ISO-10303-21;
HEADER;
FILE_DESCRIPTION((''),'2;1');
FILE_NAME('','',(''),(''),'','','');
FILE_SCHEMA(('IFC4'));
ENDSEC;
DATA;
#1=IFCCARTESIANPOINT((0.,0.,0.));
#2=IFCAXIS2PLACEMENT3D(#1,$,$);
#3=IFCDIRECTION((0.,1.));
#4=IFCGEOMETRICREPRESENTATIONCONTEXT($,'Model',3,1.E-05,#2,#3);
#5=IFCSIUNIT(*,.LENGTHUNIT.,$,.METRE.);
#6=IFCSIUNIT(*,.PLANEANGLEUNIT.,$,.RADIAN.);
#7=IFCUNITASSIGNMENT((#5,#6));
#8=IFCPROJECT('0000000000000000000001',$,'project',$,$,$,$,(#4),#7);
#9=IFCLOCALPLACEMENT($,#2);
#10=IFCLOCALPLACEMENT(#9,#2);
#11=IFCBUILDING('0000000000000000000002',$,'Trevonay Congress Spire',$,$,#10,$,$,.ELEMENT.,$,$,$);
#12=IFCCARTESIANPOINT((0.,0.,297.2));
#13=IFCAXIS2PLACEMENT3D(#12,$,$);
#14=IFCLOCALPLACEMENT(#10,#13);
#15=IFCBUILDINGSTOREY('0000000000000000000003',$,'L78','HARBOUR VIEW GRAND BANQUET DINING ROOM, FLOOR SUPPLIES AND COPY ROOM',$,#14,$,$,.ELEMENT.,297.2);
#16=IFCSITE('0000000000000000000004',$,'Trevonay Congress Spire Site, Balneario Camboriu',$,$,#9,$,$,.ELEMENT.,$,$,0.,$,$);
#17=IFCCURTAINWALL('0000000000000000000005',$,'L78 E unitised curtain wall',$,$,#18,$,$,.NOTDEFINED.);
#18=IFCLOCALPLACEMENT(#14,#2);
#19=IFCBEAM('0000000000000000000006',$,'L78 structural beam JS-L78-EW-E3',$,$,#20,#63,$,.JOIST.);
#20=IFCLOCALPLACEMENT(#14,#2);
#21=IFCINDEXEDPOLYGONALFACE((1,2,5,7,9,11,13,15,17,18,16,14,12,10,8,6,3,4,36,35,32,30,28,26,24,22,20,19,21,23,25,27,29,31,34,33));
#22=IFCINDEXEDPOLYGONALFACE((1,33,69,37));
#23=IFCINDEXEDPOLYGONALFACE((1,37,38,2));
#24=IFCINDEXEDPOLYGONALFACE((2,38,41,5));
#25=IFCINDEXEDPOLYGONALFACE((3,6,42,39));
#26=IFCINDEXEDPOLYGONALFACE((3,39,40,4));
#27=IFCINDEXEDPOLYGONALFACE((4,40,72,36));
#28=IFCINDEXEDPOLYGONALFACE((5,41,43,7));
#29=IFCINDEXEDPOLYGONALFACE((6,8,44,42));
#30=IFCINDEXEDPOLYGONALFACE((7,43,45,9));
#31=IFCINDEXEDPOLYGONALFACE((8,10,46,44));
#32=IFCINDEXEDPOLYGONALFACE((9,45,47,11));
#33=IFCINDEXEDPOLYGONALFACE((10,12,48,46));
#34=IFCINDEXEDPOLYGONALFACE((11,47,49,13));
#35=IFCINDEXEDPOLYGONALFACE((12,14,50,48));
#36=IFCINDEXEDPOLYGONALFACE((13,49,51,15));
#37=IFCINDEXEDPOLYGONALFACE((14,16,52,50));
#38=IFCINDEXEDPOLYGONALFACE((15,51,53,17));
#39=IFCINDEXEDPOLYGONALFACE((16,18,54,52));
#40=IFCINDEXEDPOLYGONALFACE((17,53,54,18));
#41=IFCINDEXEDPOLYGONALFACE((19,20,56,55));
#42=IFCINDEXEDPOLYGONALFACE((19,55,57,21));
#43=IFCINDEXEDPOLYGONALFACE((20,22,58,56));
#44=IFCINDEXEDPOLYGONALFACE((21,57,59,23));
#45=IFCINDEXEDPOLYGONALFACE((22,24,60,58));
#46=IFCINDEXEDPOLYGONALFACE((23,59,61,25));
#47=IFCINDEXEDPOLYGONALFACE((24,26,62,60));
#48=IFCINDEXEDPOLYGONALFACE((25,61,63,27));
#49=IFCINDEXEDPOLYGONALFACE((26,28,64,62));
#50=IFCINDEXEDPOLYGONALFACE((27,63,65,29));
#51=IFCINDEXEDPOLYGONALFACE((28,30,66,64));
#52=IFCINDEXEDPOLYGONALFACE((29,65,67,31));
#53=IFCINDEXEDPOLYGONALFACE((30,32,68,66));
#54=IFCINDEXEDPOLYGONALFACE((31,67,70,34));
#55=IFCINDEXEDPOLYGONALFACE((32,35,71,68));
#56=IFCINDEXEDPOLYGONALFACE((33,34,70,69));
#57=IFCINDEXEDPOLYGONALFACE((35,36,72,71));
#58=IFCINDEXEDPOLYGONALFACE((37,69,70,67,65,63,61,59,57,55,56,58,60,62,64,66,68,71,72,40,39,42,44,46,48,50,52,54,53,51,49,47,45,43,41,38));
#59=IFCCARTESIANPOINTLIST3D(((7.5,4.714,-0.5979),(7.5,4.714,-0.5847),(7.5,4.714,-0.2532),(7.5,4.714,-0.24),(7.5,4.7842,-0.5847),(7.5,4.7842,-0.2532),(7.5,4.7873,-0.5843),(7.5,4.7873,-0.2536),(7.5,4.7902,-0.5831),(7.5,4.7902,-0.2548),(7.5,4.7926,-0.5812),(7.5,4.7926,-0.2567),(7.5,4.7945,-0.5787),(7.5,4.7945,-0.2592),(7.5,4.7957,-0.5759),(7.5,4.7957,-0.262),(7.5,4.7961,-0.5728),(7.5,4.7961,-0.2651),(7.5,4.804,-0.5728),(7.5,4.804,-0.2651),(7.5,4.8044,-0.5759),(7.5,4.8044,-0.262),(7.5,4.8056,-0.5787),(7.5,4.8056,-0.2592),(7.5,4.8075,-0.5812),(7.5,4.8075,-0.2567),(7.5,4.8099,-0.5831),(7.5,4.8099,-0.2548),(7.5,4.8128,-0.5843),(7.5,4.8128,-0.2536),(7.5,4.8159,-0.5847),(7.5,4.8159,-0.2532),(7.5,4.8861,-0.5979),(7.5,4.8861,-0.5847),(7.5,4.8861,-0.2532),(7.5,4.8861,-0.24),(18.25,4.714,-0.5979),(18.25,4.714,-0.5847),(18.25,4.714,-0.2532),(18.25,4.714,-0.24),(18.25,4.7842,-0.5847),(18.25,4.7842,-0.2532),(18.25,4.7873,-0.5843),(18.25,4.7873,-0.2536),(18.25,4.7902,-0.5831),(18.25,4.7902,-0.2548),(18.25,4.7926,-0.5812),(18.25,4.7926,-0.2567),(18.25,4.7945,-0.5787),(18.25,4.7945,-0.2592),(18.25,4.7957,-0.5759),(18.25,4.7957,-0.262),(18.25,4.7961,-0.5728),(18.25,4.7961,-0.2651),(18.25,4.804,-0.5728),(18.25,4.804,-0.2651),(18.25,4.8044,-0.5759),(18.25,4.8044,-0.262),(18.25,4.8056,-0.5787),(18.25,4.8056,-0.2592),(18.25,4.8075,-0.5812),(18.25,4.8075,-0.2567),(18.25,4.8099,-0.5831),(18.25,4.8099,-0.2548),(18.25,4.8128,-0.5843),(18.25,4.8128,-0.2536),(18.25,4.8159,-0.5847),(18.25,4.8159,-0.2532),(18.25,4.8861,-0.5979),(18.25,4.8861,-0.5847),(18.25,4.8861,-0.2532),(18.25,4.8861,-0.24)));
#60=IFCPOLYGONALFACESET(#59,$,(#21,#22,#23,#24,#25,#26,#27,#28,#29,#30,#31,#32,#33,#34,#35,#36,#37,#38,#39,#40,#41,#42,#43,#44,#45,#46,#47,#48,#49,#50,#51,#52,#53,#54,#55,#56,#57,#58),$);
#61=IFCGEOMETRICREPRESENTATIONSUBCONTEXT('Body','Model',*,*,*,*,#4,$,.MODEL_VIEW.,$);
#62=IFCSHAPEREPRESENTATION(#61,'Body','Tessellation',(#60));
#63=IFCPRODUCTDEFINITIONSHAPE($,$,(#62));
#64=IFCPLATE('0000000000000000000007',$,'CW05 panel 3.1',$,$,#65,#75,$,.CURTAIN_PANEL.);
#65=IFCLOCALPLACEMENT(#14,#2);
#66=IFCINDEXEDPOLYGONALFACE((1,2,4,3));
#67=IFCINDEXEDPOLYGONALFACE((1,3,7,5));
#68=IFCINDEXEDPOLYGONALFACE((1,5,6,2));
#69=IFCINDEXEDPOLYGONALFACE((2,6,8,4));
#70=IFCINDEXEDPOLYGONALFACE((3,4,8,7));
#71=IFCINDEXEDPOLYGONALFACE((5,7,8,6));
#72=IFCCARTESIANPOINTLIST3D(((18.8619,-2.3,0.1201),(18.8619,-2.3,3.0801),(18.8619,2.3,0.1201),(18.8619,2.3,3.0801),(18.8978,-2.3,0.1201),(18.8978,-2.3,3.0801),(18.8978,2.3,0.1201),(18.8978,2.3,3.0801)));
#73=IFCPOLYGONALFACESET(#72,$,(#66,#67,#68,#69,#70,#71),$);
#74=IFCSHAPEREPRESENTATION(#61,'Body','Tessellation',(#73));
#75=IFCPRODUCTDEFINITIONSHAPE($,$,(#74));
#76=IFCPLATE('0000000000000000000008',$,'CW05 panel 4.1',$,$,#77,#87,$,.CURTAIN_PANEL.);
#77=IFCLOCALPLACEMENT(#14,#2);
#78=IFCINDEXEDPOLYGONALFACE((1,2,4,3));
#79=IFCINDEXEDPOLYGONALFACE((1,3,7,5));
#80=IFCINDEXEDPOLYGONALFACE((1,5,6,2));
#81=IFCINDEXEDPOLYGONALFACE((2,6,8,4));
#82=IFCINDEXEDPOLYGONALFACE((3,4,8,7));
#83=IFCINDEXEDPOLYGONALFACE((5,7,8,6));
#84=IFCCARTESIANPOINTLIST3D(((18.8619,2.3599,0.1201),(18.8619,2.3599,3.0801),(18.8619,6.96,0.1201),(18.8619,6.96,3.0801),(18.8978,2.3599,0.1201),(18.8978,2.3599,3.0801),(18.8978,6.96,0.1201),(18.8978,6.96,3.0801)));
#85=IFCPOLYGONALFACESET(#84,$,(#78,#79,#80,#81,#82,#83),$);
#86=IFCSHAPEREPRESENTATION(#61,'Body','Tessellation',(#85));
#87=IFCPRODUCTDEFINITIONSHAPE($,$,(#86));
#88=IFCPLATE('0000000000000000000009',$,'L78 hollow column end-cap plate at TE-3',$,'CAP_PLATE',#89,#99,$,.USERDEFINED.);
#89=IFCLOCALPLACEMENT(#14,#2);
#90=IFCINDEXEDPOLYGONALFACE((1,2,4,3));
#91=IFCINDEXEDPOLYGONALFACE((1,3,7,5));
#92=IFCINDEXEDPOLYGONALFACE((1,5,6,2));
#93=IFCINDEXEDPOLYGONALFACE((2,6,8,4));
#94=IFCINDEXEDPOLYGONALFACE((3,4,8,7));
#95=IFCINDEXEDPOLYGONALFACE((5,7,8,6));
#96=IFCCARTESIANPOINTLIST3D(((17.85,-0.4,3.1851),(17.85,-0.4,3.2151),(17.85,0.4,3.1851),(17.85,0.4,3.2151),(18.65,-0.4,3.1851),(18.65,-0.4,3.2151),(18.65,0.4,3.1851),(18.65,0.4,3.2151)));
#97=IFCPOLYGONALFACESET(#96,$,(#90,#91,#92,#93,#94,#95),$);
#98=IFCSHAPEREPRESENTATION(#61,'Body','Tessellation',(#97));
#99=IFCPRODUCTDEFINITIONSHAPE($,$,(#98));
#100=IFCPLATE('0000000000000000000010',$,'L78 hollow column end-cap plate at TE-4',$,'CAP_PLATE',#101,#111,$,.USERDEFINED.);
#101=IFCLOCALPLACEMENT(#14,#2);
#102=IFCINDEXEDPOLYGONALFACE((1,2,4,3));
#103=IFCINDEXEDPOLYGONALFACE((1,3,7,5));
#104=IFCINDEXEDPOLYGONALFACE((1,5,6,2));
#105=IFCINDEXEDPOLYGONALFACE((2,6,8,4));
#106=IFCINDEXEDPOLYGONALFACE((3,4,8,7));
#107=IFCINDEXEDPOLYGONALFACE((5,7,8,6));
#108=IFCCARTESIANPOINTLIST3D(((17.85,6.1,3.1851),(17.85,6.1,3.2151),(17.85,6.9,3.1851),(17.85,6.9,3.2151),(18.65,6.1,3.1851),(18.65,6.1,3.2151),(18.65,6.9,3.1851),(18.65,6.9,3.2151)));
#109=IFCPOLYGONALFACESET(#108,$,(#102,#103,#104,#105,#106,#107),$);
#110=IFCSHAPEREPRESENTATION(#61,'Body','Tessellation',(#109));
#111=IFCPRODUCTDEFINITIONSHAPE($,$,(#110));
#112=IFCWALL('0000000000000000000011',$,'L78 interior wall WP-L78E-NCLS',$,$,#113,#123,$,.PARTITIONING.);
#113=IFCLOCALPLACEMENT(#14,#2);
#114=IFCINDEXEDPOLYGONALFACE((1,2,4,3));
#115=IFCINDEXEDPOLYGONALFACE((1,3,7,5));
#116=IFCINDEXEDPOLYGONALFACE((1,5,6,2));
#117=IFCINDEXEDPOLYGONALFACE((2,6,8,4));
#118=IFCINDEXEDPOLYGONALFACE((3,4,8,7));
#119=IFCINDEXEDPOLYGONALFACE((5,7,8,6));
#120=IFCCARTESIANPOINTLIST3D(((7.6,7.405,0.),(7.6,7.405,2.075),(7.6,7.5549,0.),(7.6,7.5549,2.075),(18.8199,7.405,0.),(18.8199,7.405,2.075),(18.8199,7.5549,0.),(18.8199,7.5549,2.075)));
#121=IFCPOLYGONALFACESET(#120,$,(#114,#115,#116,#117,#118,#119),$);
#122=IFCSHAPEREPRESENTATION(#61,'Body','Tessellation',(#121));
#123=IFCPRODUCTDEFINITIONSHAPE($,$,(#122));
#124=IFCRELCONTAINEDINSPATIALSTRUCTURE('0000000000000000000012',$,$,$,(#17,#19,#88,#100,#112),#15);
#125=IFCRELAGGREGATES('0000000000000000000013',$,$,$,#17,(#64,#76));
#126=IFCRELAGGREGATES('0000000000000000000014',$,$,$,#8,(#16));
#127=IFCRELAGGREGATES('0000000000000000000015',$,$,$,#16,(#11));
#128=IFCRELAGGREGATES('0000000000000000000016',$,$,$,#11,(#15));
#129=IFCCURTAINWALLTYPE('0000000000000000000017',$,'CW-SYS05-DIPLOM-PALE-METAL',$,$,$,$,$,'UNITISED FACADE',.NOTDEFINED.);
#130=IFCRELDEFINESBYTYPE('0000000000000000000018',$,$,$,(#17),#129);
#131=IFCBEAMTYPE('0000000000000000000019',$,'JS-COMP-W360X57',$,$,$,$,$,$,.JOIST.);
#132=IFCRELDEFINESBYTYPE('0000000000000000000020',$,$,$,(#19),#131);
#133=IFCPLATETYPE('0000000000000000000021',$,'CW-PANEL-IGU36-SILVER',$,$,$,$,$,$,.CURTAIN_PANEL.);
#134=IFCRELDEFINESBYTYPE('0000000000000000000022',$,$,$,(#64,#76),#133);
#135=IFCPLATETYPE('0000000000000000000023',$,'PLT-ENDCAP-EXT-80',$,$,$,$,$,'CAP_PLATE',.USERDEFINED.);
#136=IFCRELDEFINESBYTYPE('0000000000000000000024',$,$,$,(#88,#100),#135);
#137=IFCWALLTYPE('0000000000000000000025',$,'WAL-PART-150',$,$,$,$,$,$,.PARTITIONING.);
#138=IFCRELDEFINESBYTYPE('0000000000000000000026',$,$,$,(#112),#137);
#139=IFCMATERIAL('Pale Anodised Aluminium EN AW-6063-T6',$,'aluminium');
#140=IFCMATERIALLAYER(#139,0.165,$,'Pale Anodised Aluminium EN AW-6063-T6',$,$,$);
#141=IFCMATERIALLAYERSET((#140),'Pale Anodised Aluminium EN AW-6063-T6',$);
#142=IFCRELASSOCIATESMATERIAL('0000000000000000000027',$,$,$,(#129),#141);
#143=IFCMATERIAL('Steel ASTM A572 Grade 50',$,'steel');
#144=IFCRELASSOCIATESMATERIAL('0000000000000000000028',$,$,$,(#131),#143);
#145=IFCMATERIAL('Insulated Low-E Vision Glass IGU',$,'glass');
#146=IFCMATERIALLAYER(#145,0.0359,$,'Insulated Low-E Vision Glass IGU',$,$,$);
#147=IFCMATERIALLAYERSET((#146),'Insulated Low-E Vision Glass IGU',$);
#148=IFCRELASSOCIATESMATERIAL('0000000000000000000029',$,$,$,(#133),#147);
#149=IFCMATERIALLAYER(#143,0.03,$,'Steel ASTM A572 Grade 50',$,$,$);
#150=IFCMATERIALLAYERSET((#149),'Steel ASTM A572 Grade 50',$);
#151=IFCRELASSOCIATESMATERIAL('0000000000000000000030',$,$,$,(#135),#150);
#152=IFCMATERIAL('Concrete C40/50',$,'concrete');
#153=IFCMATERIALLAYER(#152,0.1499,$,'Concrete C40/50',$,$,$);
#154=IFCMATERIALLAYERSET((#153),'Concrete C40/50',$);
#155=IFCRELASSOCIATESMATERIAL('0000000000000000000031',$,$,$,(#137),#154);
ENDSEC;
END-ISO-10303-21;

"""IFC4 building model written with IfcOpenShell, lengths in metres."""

from ifc_helpers import new_model, si_unit, direction, frame, frame_2d, origin, origin_2d, place, context, subcontext, project, spatial, rectangle, i_section, extrude, material, layer, layer_set, material_profile, profile_set, type_object, element, aggregate, save


model = new_model("IFC4")

# Units and contexts
model_context = context("Model", 3, precision=1e-05, world=origin(), true_north=direction((0.0, 1.0)))
body_context = subcontext(model_context, "Body", "Model", "MODEL_VIEW")
ifc_project = project(units=[si_unit("LENGTHUNIT", "METRE"), si_unit("PLANEANGLEUNIT", "RADIAN")], contexts=[model_context])

# Site, building, storey
site_placement = place(None, origin())
site = spatial("IfcSite", under=ifc_project, at=site_placement, Name="Trevonay Congress Spire Site, Balneario Camboriu", CompositionType="ELEMENT", RefElevation=0.0)
building_placement = place(site_placement, origin())
building = spatial("IfcBuilding", under=site, at=building_placement, Name="Trevonay Congress Spire", CompositionType="ELEMENT")
storey_placement = place(building_placement, frame((0.0, 0.0, 297.2)))
storey = spatial("IfcBuildingStorey", under=building, at=storey_placement, Name="L78", Description="HARBOUR VIEW GRAND BANQUET DINING ROOM, FLOOR SUPPLIES AND COPY ROOM", CompositionType="ELEMENT", Elevation=297.2)

# Shared definitions
ifc_material_1 = material(Name="Steel ASTM A572 Grade 50", Category="steel")

# Curtain wall
ifc_material_2 = material(Name="Pale Anodised Aluminium EN AW-6063-T6", Category="aluminium")
ifc_layer_1 = layer(ifc_material_2, 0.165, Name="Pale Anodised Aluminium EN AW-6063-T6")
ifc_layer_set_1 = layer_set([ifc_layer_1], Name="Pale Anodised Aluminium EN AW-6063-T6")
curtain_wall_type = type_object("IfcCurtainWallType", Name="CW-SYS05-DIPLOM-PALE-METAL", ElementType="UNITISED FACADE", PredefinedType="NOTDEFINED", material=ifc_layer_set_1)
curtain_wall_placement = place(storey_placement, origin())
curtain_wall = element("IfcCurtainWall", 1, at=curtain_wall_placement, inside=storey, type_object=curtain_wall_type, Name="L78 E unitised curtain wall", PredefinedType="NOTDEFINED")

# Beam
ifc_material_profile_1 = material_profile(ifc_material_1, i_section(OverallWidth=0.1721, OverallDepth=0.3579, WebThickness=0.0078, FlangeThickness=0.0132, FilletRadius=0.012, at=origin_2d()), Name="W360x57.8")
ifc_profile_set_1 = profile_set([ifc_material_profile_1], Name="Steel ASTM A572 Grade 50")
beam_type_1 = type_object("IfcBeamType", Name="JS-COMP-W360X57", PredefinedType="JOIST", material=ifc_profile_set_1)
beam_1_placement = place(storey_placement, frame((7.5, 4.8, -0.4189), z_axis=(1.0, 0.0, 0.0), x_axis=(0.0, 1.0, 0.0)))
element("IfcBeam", 2, at=beam_1_placement, inside=storey, type_object=beam_type_1, Name="L78 structural beam JS-L78-EW-E3", PredefinedType="JOIST", context=body_context, shape_type="SweptSolid", body=[
    extrude(i_section(OverallWidth=0.1721, OverallDepth=0.3579, WebThickness=0.0078, FlangeThickness=0.0132, FilletRadius=0.012, at=origin_2d()), origin(), (0.0, 0.0, 1.0), 10.75),
])

# Plates
ifc_material_3 = material(Name="Insulated Low-E Vision Glass IGU", Category="glass")
ifc_layer_2 = layer(ifc_material_3, 0.0359, Name="Insulated Low-E Vision Glass IGU")
ifc_layer_set_2 = layer_set([ifc_layer_2], Name="Insulated Low-E Vision Glass IGU")
plate_type_1 = type_object("IfcPlateType", Name="CW-PANEL-IGU36-SILVER", PredefinedType="CURTAIN_PANEL", material=ifc_layer_set_2)
plate_1_placement = place(storey_placement, frame((18.8799, 0.0, 0.1201), z_axis=(0.0, 0.0, 1.0), x_axis=(0.0, 1.0, 0.0)))
plate_1 = element("IfcPlate", 3, at=plate_1_placement, type_object=plate_type_1, Name="CW05 panel 3.1", PredefinedType="CURTAIN_PANEL", context=body_context, shape_type="SweptSolid", body=[
    extrude(rectangle(XDim=4.6001, YDim=0.0359, at=origin_2d()), origin(), (0.0, 0.0, 1.0), 2.96),
])
plate_2_placement = place(storey_placement, frame((18.8799, 4.6599, 0.1201), z_axis=(0.0, 0.0, 1.0), x_axis=(0.0, 1.0, 0.0)))
plate_2 = element("IfcPlate", 4, at=plate_2_placement, type_object=plate_type_1, Name="CW05 panel 4.1", PredefinedType="CURTAIN_PANEL", context=body_context, shape_type="SweptSolid", body=[
    extrude(rectangle(XDim=4.6001, YDim=0.0359, at=origin_2d()), origin(), (0.0, 0.0, 1.0), 2.96),
])
aggregate(curtain_wall, [plate_1, plate_2])

# Plates
ifc_layer_3 = layer(ifc_material_1, 0.03, Name="Steel ASTM A572 Grade 50")
ifc_layer_set_3 = layer_set([ifc_layer_3], Name="Steel ASTM A572 Grade 50")
plate_type_2 = type_object("IfcPlateType", Name="PLT-ENDCAP-EXT-80", ElementType="CAP_PLATE", PredefinedType="USERDEFINED", material=ifc_layer_set_3)
for number, where, z_axis, x_axis, name in (
    (5, (18.25, 0.0, 3.1851), (0.0, 0.0, 1.0), (1.0, 0.0, 0.0), "L78 hollow column end-cap plate at TE-3"),
    (6, (18.25, 6.5, 3.1851), (0.0, 0.0, 1.0), (1.0, 0.0, 0.0), "L78 hollow column end-cap plate at TE-4"),
):
    element("IfcPlate", number, at=place(storey_placement, frame(where, z_axis=z_axis, x_axis=x_axis)), inside=storey, type_object=plate_type_2, Name=name, ObjectType="CAP_PLATE", PredefinedType="USERDEFINED", context=body_context, shape_type="SweptSolid", body=[
        extrude(rectangle(XDim=0.8, YDim=0.8, at=origin_2d()), origin(), (0.0, 0.0, 1.0), 0.03),
    ])

# Wall
ifc_material_4 = material(Name="Concrete C40/50", Category="concrete")
ifc_layer_4 = layer(ifc_material_4, 0.1499, Name="Concrete C40/50")
ifc_layer_set_4 = layer_set([ifc_layer_4], Name="Concrete C40/50")
wall_type = type_object("IfcWallType", Name="WAL-PART-150", PredefinedType="PARTITIONING", material=ifc_layer_set_4)
wall_placement = place(storey_placement, frame((7.6001, 7.48, 0.0), z_axis=(0.0, 0.0, 1.0), x_axis=(1.0, 0.0, 0.0)))
element("IfcWall", 7, at=wall_placement, inside=storey, type_object=wall_type, Name="L78 interior wall WP-L78E-NCLS", PredefinedType="PARTITIONING", context=body_context, shape_type="SweptSolid", body=[
    extrude(rectangle(XDim=11.22, YDim=0.1499, at=frame_2d((5.6099, 0.0))), origin(), (0.0, 0.0, 1.0), 2.075),
])

save(model, "model.ifc")
